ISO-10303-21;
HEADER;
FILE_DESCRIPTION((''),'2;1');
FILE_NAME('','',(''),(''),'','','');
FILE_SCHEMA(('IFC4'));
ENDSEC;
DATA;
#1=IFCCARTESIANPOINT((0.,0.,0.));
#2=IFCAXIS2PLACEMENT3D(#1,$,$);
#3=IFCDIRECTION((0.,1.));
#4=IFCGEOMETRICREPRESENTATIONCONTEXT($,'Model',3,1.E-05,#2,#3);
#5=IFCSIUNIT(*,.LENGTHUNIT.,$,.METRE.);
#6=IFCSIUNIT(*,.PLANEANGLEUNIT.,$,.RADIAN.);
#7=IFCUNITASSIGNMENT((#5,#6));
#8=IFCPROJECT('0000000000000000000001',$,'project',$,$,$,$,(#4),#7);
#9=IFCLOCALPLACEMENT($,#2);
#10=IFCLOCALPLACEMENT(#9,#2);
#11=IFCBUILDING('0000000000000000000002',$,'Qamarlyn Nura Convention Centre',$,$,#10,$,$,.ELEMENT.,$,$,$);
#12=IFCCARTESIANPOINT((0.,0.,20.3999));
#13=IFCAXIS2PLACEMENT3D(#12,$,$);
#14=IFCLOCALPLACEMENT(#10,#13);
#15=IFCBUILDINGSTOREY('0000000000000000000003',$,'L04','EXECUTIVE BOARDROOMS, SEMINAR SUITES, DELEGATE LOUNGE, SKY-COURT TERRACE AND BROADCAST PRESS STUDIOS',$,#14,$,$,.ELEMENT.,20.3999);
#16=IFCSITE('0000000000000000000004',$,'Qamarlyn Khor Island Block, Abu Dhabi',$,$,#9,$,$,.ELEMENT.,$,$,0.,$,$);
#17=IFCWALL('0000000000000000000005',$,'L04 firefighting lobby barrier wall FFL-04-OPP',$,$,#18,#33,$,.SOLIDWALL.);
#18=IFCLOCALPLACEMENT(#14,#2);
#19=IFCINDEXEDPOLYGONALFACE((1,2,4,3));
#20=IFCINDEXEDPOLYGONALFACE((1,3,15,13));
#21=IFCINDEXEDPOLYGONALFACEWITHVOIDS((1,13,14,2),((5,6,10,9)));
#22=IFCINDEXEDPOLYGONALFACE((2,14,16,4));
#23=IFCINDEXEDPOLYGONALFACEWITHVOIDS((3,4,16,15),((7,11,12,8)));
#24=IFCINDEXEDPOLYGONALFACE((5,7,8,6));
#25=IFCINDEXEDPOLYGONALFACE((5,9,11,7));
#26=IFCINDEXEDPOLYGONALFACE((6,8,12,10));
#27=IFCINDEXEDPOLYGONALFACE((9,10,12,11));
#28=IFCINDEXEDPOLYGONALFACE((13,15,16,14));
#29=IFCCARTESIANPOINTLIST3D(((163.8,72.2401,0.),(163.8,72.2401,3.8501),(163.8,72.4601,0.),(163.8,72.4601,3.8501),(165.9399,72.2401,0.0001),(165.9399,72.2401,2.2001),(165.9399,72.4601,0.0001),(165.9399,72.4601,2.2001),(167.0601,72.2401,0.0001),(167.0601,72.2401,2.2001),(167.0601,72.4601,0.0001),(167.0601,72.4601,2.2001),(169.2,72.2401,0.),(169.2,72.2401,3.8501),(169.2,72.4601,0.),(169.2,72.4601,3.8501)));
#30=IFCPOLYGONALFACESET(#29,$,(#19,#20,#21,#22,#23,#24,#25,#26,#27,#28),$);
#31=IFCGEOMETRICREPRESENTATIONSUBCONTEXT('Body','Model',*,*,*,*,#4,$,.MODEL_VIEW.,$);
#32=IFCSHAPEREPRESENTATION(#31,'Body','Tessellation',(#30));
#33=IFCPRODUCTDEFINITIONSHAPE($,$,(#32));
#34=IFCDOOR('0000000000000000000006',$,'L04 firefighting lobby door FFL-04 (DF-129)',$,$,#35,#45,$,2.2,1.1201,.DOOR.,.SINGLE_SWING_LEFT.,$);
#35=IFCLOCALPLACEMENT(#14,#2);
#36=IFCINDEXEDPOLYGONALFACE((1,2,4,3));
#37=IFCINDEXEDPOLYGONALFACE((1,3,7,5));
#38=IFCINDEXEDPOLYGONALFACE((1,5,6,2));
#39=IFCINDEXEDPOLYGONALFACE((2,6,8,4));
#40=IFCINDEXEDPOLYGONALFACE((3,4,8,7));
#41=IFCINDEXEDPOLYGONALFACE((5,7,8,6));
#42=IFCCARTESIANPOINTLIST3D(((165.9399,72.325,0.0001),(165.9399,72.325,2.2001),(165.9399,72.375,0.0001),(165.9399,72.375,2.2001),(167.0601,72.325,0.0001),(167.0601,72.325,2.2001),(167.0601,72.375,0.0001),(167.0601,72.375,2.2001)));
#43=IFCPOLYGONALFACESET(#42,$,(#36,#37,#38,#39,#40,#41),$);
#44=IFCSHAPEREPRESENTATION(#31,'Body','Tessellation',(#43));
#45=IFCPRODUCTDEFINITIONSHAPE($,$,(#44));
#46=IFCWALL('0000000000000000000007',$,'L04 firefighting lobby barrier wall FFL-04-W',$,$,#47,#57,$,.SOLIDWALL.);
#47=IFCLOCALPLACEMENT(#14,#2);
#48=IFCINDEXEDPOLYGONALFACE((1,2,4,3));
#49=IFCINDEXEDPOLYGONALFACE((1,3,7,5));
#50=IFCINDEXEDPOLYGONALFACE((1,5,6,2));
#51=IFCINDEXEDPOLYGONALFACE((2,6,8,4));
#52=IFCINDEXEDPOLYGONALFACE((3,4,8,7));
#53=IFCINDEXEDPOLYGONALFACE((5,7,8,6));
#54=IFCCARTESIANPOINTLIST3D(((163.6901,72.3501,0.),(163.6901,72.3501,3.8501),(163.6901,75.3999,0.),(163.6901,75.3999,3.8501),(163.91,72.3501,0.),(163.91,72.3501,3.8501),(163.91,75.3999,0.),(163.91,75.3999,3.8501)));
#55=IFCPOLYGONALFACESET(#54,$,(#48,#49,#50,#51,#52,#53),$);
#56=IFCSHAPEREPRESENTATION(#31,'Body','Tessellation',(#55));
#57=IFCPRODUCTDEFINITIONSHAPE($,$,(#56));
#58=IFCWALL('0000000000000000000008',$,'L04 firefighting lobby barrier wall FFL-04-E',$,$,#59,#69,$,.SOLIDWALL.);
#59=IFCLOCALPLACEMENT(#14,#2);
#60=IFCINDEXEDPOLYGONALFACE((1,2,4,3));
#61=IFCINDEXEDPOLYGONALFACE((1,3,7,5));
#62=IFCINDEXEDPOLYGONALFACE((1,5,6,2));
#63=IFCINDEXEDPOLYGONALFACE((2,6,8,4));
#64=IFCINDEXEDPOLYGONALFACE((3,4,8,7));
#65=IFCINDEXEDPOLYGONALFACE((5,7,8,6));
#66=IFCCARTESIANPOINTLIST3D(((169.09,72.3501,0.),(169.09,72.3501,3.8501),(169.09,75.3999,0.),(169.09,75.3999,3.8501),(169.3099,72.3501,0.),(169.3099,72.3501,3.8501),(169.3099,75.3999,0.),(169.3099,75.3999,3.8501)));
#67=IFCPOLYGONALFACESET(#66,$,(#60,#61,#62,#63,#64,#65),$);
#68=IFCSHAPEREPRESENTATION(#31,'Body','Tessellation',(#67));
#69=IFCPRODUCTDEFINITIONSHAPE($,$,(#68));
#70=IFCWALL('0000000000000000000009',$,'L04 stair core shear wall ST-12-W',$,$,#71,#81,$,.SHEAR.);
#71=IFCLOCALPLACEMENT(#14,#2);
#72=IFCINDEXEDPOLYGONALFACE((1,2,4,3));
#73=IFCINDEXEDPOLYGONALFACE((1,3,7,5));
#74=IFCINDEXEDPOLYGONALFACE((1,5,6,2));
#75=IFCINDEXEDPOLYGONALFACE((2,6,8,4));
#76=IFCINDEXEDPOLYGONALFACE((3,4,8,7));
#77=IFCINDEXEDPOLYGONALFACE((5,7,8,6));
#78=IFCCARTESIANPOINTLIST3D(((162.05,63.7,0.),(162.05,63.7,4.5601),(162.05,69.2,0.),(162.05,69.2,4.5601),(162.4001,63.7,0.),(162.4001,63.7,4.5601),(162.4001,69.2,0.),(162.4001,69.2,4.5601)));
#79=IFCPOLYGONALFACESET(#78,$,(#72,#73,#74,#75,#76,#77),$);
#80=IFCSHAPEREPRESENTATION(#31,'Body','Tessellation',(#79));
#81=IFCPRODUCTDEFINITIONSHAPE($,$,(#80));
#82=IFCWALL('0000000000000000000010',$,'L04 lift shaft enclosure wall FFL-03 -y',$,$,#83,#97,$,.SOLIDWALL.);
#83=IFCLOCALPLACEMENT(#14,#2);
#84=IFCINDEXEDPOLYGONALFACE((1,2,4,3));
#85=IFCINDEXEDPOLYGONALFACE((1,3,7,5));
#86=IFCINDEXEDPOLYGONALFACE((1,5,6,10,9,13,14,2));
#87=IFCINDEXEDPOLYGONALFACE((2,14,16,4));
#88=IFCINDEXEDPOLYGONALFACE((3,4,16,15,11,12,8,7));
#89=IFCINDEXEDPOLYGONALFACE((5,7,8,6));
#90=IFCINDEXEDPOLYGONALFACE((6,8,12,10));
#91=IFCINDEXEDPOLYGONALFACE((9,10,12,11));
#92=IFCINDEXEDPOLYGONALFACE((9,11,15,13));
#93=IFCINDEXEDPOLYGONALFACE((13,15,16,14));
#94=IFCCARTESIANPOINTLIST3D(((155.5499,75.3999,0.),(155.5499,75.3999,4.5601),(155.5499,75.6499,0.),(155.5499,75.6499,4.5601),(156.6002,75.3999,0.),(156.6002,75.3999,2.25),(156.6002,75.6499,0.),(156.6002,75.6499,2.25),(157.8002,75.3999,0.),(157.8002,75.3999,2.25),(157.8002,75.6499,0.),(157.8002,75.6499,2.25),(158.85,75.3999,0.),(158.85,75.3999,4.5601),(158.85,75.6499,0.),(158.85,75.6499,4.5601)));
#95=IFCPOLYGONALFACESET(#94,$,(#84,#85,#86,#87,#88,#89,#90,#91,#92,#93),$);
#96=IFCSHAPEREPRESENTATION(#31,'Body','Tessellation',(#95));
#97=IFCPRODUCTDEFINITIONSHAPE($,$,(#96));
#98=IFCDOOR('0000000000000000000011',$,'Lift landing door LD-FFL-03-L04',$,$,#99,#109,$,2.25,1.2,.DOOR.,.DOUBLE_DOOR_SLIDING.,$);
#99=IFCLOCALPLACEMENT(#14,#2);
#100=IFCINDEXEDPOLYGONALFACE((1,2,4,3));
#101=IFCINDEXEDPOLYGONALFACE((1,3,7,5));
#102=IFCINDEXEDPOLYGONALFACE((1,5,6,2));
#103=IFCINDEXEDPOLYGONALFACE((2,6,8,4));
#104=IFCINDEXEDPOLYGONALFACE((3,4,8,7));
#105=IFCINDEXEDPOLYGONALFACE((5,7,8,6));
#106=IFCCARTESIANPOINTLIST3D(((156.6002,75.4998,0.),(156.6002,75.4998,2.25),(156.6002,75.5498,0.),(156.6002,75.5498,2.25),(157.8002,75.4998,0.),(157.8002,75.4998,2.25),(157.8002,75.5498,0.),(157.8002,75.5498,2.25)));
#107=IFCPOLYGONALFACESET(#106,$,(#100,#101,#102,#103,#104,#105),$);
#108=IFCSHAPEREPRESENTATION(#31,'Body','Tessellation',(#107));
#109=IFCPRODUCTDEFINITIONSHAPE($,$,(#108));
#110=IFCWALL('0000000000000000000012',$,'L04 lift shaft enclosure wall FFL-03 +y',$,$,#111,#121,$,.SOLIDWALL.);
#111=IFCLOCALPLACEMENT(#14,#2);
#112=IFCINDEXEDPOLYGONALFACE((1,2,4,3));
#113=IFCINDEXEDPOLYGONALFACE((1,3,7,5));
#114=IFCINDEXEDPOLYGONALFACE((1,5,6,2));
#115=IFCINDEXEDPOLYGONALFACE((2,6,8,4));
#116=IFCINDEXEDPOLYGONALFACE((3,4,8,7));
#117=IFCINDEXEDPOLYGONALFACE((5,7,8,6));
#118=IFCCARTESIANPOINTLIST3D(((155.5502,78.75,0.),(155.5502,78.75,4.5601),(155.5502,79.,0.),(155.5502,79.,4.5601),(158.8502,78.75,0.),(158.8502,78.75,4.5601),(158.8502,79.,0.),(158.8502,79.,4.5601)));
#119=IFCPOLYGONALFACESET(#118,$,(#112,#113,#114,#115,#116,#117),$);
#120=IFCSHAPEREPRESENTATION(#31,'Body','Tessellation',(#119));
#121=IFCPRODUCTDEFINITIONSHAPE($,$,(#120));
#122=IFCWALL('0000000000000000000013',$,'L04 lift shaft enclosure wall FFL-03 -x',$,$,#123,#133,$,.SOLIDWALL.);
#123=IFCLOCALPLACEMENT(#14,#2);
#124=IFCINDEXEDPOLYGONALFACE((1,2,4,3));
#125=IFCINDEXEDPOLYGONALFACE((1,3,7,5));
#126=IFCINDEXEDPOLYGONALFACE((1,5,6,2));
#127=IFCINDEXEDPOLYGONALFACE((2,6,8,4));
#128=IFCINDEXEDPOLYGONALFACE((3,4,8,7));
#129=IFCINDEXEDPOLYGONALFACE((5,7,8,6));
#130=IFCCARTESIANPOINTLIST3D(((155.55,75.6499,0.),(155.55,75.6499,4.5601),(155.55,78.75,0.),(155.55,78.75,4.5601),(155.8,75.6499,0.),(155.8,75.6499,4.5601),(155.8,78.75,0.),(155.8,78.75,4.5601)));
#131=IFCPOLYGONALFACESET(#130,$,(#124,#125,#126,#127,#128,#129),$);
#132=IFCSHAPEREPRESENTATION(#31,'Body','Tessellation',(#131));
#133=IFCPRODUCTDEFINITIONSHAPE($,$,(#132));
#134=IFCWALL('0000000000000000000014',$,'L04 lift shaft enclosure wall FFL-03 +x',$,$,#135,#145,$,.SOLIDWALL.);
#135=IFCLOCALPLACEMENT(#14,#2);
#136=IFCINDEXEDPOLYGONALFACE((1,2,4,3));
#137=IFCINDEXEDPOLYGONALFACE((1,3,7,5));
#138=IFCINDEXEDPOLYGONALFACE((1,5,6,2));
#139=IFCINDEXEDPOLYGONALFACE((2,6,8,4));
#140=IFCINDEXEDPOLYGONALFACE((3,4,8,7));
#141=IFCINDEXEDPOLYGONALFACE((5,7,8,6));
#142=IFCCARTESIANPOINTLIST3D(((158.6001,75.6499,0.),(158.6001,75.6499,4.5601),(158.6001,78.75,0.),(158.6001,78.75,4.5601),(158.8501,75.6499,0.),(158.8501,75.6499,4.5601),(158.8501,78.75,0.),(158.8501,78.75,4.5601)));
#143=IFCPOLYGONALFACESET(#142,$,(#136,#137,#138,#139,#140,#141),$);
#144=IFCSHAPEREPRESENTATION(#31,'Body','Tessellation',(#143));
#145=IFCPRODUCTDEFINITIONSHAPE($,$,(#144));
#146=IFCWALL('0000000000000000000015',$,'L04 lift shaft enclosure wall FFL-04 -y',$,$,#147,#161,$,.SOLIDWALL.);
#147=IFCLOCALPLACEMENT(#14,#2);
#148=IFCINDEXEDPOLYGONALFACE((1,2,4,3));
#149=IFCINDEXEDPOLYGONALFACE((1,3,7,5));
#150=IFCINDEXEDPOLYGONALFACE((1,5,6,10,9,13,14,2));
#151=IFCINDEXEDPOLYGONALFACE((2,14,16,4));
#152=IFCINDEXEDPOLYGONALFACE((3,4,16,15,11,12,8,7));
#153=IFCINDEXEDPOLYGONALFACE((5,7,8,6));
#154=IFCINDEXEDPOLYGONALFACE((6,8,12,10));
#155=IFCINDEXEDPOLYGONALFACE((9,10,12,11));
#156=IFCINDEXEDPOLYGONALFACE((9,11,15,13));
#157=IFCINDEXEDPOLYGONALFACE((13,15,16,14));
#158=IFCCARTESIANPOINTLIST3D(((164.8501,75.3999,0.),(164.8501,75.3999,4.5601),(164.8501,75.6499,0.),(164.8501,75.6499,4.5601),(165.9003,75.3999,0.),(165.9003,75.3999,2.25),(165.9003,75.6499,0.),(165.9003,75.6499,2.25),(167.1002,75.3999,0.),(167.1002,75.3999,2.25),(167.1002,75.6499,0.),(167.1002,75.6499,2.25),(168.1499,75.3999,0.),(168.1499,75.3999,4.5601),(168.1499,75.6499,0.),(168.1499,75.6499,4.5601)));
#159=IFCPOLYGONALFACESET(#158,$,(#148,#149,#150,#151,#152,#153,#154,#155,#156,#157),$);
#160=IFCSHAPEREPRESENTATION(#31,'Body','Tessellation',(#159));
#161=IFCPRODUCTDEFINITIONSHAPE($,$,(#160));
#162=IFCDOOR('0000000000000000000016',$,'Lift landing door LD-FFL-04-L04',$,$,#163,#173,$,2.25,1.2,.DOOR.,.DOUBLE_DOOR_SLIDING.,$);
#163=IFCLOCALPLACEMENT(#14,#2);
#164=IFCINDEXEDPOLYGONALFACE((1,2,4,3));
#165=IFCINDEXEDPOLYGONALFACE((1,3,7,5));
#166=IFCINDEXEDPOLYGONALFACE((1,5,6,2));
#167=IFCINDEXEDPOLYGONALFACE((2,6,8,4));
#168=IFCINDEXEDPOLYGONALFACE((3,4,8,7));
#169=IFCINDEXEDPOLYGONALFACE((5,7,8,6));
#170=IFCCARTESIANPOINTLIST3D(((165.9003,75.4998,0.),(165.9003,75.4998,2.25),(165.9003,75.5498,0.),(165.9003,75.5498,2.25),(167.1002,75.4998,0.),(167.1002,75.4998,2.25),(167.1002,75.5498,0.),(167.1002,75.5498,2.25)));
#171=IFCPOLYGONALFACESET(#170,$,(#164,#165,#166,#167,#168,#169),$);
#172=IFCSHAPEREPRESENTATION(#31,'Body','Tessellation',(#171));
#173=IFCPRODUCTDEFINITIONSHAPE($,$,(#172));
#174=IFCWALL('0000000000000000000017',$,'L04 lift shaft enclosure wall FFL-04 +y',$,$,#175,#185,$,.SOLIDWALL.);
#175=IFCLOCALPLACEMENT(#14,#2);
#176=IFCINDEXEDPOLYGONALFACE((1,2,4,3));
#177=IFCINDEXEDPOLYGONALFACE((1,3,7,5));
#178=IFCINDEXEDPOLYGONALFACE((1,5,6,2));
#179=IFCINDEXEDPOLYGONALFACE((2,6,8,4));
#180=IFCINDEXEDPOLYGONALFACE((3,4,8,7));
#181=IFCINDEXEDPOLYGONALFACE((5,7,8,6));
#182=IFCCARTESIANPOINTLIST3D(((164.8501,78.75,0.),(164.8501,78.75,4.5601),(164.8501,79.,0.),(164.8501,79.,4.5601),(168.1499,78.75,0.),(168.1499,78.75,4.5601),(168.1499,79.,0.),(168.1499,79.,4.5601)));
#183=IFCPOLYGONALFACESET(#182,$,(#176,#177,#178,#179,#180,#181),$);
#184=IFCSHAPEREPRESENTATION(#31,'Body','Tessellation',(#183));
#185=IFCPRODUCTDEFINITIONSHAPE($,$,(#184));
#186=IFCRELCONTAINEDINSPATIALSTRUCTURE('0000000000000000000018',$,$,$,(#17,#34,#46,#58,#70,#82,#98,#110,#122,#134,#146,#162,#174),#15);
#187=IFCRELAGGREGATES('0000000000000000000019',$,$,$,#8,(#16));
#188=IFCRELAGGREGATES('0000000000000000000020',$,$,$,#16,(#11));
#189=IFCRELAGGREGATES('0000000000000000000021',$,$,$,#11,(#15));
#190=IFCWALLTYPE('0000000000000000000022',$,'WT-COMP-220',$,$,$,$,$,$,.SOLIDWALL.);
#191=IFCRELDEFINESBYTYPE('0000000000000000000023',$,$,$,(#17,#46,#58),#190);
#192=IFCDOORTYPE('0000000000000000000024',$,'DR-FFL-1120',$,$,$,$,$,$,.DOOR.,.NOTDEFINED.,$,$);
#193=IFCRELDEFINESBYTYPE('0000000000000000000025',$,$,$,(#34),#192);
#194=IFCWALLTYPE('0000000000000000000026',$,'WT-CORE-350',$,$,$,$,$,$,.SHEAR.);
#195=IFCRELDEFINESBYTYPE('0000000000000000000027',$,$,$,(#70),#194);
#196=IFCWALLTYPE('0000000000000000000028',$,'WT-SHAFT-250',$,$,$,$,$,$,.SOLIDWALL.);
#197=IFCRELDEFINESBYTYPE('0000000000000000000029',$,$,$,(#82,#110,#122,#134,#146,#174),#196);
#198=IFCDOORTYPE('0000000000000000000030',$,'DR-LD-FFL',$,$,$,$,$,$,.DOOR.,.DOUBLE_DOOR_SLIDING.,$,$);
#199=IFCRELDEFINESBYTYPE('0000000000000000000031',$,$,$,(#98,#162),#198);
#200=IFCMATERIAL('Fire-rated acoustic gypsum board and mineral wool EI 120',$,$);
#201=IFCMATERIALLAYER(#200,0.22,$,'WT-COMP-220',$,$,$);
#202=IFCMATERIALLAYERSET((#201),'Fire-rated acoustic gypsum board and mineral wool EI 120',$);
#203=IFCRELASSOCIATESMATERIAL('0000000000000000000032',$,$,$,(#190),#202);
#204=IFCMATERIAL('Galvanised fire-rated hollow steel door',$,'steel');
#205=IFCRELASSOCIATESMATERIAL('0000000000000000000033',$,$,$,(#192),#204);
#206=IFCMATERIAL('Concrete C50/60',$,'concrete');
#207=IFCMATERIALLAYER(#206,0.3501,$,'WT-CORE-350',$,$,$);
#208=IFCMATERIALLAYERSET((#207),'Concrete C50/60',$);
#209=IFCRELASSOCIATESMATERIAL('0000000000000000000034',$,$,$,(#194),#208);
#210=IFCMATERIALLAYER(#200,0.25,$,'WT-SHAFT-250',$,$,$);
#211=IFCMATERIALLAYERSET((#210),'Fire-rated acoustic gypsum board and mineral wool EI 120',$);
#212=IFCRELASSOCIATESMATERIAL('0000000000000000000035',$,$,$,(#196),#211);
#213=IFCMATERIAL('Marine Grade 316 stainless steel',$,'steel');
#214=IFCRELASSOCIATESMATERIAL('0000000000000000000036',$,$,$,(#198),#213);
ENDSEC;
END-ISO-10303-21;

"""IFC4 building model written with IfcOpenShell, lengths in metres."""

from ifc_helpers import new_model, si_unit, direction, frame, frame_2d, origin, place, context, subcontext, project, spatial, rectangle, extrude, material, layer, layer_set, type_object, element, fill, save


model = new_model("IFC4")

# Units and contexts
model_context = context("Model", 3, precision=1e-05, world=origin(), true_north=direction((0.0, 1.0)))
body_context = subcontext(model_context, "Body", "Model", "MODEL_VIEW")
ifc_project = project(units=[si_unit("LENGTHUNIT", "METRE"), si_unit("PLANEANGLEUNIT", "RADIAN")], contexts=[model_context])

# Site, building, storey
site_placement = place(None, origin())
site = spatial("IfcSite", under=ifc_project, at=site_placement, Name="Qamarlyn Khor Island Block, Abu Dhabi", CompositionType="ELEMENT", RefElevation=0.0)
building_placement = place(site_placement, origin())
building = spatial("IfcBuilding", under=site, at=building_placement, Name="Qamarlyn Nura Convention Centre", CompositionType="ELEMENT")
storey_placement = place(building_placement, frame((0.0, 0.0, 20.3999)))
storey = spatial("IfcBuildingStorey", under=building, at=storey_placement, Name="L04", Description="EXECUTIVE BOARDROOMS, SEMINAR SUITES, DELEGATE LOUNGE, SKY-COURT TERRACE AND BROADCAST PRESS STUDIOS", CompositionType="ELEMENT", Elevation=20.3999)

# Shared definitions
ifc_material_1 = material(Name="Fire-rated acoustic gypsum board and mineral wool EI 120")
ifc_layer_1 = layer(ifc_material_1, 0.22, Name="WT-COMP-220")
ifc_layer_set_1 = layer_set([ifc_layer_1], Name="Fire-rated acoustic gypsum board and mineral wool EI 120")
wall_type_1 = type_object("IfcWallType", Name="WT-COMP-220", PredefinedType="SOLIDWALL", material=ifc_layer_set_1)

# Wall, opening, door
wall_1_placement = place(storey_placement, frame((163.8, 72.3501, 0.0), z_axis=(0.0, 0.0, 1.0), x_axis=(1.0, 0.0, 0.0)))
wall_1 = element("IfcWall", 1, at=wall_1_placement, inside=storey, type_object=wall_type_1, Name="L04 firefighting lobby barrier wall FFL-04-OPP", PredefinedType="SOLIDWALL", context=body_context, shape_type="SweptSolid", body=[
    extrude(rectangle(XDim=5.3999, YDim=0.22, at=frame_2d((2.7, 0.0))), origin(), (0.0, 0.0, 1.0), 3.8501),
])
opening_1_placement = place(wall_1_placement, frame((2.1399, 0.0, 0.0)))
opening_1 = element("IfcOpeningElement", 2, at=opening_1_placement, cuts=wall_1, PredefinedType="OPENING", context=body_context, shape_type="SweptSolid", body=[
    extrude(rectangle(XDim=1.1201, YDim=2.2, at=frame_2d((0.5601, 1.1001))), frame((0.0, 0.1201, 0.0), z_axis=(0.0, -1.0, 0.0), x_axis=(1.0, 0.0, 0.0)), (0.0, 0.0, 1.0), 0.24),
])
ifc_material_2 = material(Name="Galvanised fire-rated hollow steel door", Category="steel")
door_type_1 = type_object("IfcDoorType", Name="DR-FFL-1120", OperationType="NOTDEFINED", PredefinedType="DOOR", material=ifc_material_2)
door_1_placement = place(opening_1_placement, origin())
door_1 = element("IfcDoor", 3, at=door_1_placement, inside=storey, type_object=door_type_1, Name="L04 firefighting lobby door FFL-04 (DF-129)", OperationType="SINGLE_SWING_LEFT", OverallHeight=2.2, OverallWidth=1.1201, PredefinedType="DOOR", context=body_context, shape_type="SweptSolid", body=[
    extrude(rectangle(XDim=1.1201, YDim=2.2, at=frame_2d((0.5601, 1.1001))), frame((0.0, 0.0249, 0.0), z_axis=(0.0, -1.0, 0.0), x_axis=(1.0, 0.0, 0.0)), (0.0, 0.0, 1.0), 0.05),
])
fill(opening_1, door_1)

# Walls
for number, where, z_axis, x_axis, name in (
    (4, (163.8, 72.3501, 0.0), (0.0, 0.0, 1.0), (0.0, 1.0, 0.0), "L04 firefighting lobby barrier wall FFL-04-W"),
    (5, (169.2, 72.3501, 0.0), (0.0, 0.0, 1.0), (0.0, 1.0, 0.0), "L04 firefighting lobby barrier wall FFL-04-E"),
):
    element("IfcWall", number, at=place(storey_placement, frame(where, z_axis=z_axis, x_axis=x_axis)), inside=storey, type_object=wall_type_1, Name=name, PredefinedType="SOLIDWALL", context=body_context, shape_type="SweptSolid", body=[
        extrude(rectangle(XDim=3.0498, YDim=0.22, at=frame_2d((1.5249, 0.0))), origin(), (0.0, 0.0, 1.0), 3.8501),
    ])
ifc_material_3 = material(Name="Concrete C50/60", Category="concrete")
ifc_layer_2 = layer(ifc_material_3, 0.3501, Name="WT-CORE-350")
ifc_layer_set_2 = layer_set([ifc_layer_2], Name="Concrete C50/60")
wall_type_2 = type_object("IfcWallType", Name="WT-CORE-350", PredefinedType="SHEAR", material=ifc_layer_set_2)
wall_2_placement = place(storey_placement, frame((162.2251, 69.2, 0.0), z_axis=(0.0, 0.0, 1.0), x_axis=(0.0, -1.0, 0.0)))
element("IfcWall", 6, at=wall_2_placement, inside=storey, type_object=wall_type_2, Name="L04 stair core shear wall ST-12-W", PredefinedType="SHEAR", context=body_context, shape_type="SweptSolid", body=[
    extrude(rectangle(XDim=5.5, YDim=0.3501, at=frame_2d((2.75, 0.0))), origin(), (0.0, 0.0, 1.0), 4.5601),
])

# Wall, opening, door
ifc_layer_3 = layer(ifc_material_1, 0.25, Name="WT-SHAFT-250")
ifc_layer_set_3 = layer_set([ifc_layer_3], Name="Fire-rated acoustic gypsum board and mineral wool EI 120")
wall_type_3 = type_object("IfcWallType", Name="WT-SHAFT-250", PredefinedType="SOLIDWALL", material=ifc_layer_set_3)
wall_3_placement = place(storey_placement, frame((155.55, 75.5249, 0.0), z_axis=(0.0, 0.0, 1.0), x_axis=(1.0, 0.0, 0.0)))
wall_3 = element("IfcWall", 7, at=wall_3_placement, inside=storey, type_object=wall_type_3, Name="L04 lift shaft enclosure wall FFL-03 -y", PredefinedType="SOLIDWALL", context=body_context, shape_type="SweptSolid", body=[
    extrude(rectangle(XDim=3.3, YDim=0.25, at=frame_2d((1.6499, 0.0))), origin(), (0.0, 0.0, 1.0), 4.5601),
])
opening_2_placement = place(wall_3_placement, frame((1.05, 0.0, 0.0)))
opening_2 = element("IfcOpeningElement", 8, at=opening_2_placement, cuts=wall_3, PredefinedType="OPENING", context=body_context, shape_type="SweptSolid", body=[
    extrude(rectangle(XDim=1.2, YDim=2.25, at=frame_2d((0.6001, 1.125))), frame((0.0, 0.135, 0.0), z_axis=(0.0, -1.0, 0.0), x_axis=(1.0, 0.0, 0.0)), (0.0, 0.0, 1.0), 0.27),
])
ifc_material_4 = material(Name="Marine Grade 316 stainless steel", Category="steel")
door_type_2 = type_object("IfcDoorType", Name="DR-LD-FFL", OperationType="DOUBLE_DOOR_SLIDING", PredefinedType="DOOR", material=ifc_material_4)
door_2_placement = place(opening_2_placement, origin())
door_2 = element("IfcDoor", 9, at=door_2_placement, inside=storey, type_object=door_type_2, Name="Lift landing door LD-FFL-03-L04", OperationType="DOUBLE_DOOR_SLIDING", OverallHeight=2.25, OverallWidth=1.2, PredefinedType="DOOR", context=body_context, shape_type="SweptSolid", body=[
    extrude(rectangle(XDim=1.2, YDim=2.25, at=frame_2d((0.6001, 1.125))), frame((0.0, 0.0249, 0.0), z_axis=(0.0, -1.0, 0.0), x_axis=(1.0, 0.0, 0.0)), (0.0, 0.0, 1.0), 0.05),
])
fill(opening_2, door_2)

# Walls
wall_4_placement = place(storey_placement, frame((158.8501, 78.875, 0.0), z_axis=(0.0, 0.0, 1.0), x_axis=(-1.0, 0.0, 0.0)))
element("IfcWall", 10, at=wall_4_placement, inside=storey, type_object=wall_type_3, Name="L04 lift shaft enclosure wall FFL-03 +y", PredefinedType="SOLIDWALL", context=body_context, shape_type="SweptSolid", body=[
    extrude(rectangle(XDim=3.3, YDim=0.25, at=frame_2d((1.6499, 0.0))), origin(), (0.0, 0.0, 1.0), 4.5601),
])
for number, where, z_axis, x_axis, name in (
    (11, (155.675, 78.75, 0.0), (0.0, 0.0, 1.0), (0.0, -1.0, 0.0), "L04 lift shaft enclosure wall FFL-03 -x"),
    (12, (158.7251, 75.6499, 0.0), (0.0, 0.0, 1.0), (0.0, 1.0, 0.0), "L04 lift shaft enclosure wall FFL-03 +x"),
):
    element("IfcWall", number, at=place(storey_placement, frame(where, z_axis=z_axis, x_axis=x_axis)), inside=storey, type_object=wall_type_3, Name=name, PredefinedType="SOLIDWALL", context=body_context, shape_type="SweptSolid", body=[
        extrude(rectangle(XDim=3.1001, YDim=0.25, at=frame_2d((1.55, 0.0))), origin(), (0.0, 0.0, 1.0), 4.5601),
    ])

# Wall, opening, door
wall_5_placement = place(storey_placement, frame((164.8501, 75.5249, 0.0), z_axis=(0.0, 0.0, 1.0), x_axis=(1.0, 0.0, 0.0)))
wall_5 = element("IfcWall", 13, at=wall_5_placement, inside=storey, type_object=wall_type_3, Name="L04 lift shaft enclosure wall FFL-04 -y", PredefinedType="SOLIDWALL", context=body_context, shape_type="SweptSolid", body=[
    extrude(rectangle(XDim=3.2998, YDim=0.25, at=frame_2d((1.6499, 0.0))), origin(), (0.0, 0.0, 1.0), 4.5601),
])
opening_3_placement = place(wall_5_placement, frame((1.05, 0.0, 0.0)))
opening_3 = element("IfcOpeningElement", 14, at=opening_3_placement, cuts=wall_5, PredefinedType="OPENING", context=body_context, shape_type="SweptSolid", body=[
    extrude(rectangle(XDim=1.2, YDim=2.25, at=frame_2d((0.6001, 1.125))), frame((0.0, 0.135, 0.0), z_axis=(0.0, -1.0, 0.0), x_axis=(1.0, 0.0, 0.0)), (0.0, 0.0, 1.0), 0.27),
])
door_3_placement = place(opening_3_placement, origin())
door_3 = element("IfcDoor", 15, at=door_3_placement, inside=storey, type_object=door_type_2, Name="Lift landing door LD-FFL-04-L04", OperationType="DOUBLE_DOOR_SLIDING", OverallHeight=2.25, OverallWidth=1.2, PredefinedType="DOOR", context=body_context, shape_type="SweptSolid", body=[
    extrude(rectangle(XDim=1.2, YDim=2.25, at=frame_2d((0.6001, 1.125))), frame((0.0, 0.0249, 0.0), z_axis=(0.0, -1.0, 0.0), x_axis=(1.0, 0.0, 0.0)), (0.0, 0.0, 1.0), 0.05),
])
fill(opening_3, door_3)

# Wall
wall_6_placement = place(storey_placement, frame((168.1499, 78.875, 0.0), z_axis=(0.0, 0.0, 1.0), x_axis=(-1.0, 0.0, 0.0)))
element("IfcWall", 16, at=wall_6_placement, inside=storey, type_object=wall_type_3, Name="L04 lift shaft enclosure wall FFL-04 +y", PredefinedType="SOLIDWALL", context=body_context, shape_type="SweptSolid", body=[
    extrude(rectangle(XDim=3.2998, YDim=0.25, at=frame_2d((1.6499, 0.0))), origin(), (0.0, 0.0, 1.0), 4.5601),
])

save(model, "model.ifc")
